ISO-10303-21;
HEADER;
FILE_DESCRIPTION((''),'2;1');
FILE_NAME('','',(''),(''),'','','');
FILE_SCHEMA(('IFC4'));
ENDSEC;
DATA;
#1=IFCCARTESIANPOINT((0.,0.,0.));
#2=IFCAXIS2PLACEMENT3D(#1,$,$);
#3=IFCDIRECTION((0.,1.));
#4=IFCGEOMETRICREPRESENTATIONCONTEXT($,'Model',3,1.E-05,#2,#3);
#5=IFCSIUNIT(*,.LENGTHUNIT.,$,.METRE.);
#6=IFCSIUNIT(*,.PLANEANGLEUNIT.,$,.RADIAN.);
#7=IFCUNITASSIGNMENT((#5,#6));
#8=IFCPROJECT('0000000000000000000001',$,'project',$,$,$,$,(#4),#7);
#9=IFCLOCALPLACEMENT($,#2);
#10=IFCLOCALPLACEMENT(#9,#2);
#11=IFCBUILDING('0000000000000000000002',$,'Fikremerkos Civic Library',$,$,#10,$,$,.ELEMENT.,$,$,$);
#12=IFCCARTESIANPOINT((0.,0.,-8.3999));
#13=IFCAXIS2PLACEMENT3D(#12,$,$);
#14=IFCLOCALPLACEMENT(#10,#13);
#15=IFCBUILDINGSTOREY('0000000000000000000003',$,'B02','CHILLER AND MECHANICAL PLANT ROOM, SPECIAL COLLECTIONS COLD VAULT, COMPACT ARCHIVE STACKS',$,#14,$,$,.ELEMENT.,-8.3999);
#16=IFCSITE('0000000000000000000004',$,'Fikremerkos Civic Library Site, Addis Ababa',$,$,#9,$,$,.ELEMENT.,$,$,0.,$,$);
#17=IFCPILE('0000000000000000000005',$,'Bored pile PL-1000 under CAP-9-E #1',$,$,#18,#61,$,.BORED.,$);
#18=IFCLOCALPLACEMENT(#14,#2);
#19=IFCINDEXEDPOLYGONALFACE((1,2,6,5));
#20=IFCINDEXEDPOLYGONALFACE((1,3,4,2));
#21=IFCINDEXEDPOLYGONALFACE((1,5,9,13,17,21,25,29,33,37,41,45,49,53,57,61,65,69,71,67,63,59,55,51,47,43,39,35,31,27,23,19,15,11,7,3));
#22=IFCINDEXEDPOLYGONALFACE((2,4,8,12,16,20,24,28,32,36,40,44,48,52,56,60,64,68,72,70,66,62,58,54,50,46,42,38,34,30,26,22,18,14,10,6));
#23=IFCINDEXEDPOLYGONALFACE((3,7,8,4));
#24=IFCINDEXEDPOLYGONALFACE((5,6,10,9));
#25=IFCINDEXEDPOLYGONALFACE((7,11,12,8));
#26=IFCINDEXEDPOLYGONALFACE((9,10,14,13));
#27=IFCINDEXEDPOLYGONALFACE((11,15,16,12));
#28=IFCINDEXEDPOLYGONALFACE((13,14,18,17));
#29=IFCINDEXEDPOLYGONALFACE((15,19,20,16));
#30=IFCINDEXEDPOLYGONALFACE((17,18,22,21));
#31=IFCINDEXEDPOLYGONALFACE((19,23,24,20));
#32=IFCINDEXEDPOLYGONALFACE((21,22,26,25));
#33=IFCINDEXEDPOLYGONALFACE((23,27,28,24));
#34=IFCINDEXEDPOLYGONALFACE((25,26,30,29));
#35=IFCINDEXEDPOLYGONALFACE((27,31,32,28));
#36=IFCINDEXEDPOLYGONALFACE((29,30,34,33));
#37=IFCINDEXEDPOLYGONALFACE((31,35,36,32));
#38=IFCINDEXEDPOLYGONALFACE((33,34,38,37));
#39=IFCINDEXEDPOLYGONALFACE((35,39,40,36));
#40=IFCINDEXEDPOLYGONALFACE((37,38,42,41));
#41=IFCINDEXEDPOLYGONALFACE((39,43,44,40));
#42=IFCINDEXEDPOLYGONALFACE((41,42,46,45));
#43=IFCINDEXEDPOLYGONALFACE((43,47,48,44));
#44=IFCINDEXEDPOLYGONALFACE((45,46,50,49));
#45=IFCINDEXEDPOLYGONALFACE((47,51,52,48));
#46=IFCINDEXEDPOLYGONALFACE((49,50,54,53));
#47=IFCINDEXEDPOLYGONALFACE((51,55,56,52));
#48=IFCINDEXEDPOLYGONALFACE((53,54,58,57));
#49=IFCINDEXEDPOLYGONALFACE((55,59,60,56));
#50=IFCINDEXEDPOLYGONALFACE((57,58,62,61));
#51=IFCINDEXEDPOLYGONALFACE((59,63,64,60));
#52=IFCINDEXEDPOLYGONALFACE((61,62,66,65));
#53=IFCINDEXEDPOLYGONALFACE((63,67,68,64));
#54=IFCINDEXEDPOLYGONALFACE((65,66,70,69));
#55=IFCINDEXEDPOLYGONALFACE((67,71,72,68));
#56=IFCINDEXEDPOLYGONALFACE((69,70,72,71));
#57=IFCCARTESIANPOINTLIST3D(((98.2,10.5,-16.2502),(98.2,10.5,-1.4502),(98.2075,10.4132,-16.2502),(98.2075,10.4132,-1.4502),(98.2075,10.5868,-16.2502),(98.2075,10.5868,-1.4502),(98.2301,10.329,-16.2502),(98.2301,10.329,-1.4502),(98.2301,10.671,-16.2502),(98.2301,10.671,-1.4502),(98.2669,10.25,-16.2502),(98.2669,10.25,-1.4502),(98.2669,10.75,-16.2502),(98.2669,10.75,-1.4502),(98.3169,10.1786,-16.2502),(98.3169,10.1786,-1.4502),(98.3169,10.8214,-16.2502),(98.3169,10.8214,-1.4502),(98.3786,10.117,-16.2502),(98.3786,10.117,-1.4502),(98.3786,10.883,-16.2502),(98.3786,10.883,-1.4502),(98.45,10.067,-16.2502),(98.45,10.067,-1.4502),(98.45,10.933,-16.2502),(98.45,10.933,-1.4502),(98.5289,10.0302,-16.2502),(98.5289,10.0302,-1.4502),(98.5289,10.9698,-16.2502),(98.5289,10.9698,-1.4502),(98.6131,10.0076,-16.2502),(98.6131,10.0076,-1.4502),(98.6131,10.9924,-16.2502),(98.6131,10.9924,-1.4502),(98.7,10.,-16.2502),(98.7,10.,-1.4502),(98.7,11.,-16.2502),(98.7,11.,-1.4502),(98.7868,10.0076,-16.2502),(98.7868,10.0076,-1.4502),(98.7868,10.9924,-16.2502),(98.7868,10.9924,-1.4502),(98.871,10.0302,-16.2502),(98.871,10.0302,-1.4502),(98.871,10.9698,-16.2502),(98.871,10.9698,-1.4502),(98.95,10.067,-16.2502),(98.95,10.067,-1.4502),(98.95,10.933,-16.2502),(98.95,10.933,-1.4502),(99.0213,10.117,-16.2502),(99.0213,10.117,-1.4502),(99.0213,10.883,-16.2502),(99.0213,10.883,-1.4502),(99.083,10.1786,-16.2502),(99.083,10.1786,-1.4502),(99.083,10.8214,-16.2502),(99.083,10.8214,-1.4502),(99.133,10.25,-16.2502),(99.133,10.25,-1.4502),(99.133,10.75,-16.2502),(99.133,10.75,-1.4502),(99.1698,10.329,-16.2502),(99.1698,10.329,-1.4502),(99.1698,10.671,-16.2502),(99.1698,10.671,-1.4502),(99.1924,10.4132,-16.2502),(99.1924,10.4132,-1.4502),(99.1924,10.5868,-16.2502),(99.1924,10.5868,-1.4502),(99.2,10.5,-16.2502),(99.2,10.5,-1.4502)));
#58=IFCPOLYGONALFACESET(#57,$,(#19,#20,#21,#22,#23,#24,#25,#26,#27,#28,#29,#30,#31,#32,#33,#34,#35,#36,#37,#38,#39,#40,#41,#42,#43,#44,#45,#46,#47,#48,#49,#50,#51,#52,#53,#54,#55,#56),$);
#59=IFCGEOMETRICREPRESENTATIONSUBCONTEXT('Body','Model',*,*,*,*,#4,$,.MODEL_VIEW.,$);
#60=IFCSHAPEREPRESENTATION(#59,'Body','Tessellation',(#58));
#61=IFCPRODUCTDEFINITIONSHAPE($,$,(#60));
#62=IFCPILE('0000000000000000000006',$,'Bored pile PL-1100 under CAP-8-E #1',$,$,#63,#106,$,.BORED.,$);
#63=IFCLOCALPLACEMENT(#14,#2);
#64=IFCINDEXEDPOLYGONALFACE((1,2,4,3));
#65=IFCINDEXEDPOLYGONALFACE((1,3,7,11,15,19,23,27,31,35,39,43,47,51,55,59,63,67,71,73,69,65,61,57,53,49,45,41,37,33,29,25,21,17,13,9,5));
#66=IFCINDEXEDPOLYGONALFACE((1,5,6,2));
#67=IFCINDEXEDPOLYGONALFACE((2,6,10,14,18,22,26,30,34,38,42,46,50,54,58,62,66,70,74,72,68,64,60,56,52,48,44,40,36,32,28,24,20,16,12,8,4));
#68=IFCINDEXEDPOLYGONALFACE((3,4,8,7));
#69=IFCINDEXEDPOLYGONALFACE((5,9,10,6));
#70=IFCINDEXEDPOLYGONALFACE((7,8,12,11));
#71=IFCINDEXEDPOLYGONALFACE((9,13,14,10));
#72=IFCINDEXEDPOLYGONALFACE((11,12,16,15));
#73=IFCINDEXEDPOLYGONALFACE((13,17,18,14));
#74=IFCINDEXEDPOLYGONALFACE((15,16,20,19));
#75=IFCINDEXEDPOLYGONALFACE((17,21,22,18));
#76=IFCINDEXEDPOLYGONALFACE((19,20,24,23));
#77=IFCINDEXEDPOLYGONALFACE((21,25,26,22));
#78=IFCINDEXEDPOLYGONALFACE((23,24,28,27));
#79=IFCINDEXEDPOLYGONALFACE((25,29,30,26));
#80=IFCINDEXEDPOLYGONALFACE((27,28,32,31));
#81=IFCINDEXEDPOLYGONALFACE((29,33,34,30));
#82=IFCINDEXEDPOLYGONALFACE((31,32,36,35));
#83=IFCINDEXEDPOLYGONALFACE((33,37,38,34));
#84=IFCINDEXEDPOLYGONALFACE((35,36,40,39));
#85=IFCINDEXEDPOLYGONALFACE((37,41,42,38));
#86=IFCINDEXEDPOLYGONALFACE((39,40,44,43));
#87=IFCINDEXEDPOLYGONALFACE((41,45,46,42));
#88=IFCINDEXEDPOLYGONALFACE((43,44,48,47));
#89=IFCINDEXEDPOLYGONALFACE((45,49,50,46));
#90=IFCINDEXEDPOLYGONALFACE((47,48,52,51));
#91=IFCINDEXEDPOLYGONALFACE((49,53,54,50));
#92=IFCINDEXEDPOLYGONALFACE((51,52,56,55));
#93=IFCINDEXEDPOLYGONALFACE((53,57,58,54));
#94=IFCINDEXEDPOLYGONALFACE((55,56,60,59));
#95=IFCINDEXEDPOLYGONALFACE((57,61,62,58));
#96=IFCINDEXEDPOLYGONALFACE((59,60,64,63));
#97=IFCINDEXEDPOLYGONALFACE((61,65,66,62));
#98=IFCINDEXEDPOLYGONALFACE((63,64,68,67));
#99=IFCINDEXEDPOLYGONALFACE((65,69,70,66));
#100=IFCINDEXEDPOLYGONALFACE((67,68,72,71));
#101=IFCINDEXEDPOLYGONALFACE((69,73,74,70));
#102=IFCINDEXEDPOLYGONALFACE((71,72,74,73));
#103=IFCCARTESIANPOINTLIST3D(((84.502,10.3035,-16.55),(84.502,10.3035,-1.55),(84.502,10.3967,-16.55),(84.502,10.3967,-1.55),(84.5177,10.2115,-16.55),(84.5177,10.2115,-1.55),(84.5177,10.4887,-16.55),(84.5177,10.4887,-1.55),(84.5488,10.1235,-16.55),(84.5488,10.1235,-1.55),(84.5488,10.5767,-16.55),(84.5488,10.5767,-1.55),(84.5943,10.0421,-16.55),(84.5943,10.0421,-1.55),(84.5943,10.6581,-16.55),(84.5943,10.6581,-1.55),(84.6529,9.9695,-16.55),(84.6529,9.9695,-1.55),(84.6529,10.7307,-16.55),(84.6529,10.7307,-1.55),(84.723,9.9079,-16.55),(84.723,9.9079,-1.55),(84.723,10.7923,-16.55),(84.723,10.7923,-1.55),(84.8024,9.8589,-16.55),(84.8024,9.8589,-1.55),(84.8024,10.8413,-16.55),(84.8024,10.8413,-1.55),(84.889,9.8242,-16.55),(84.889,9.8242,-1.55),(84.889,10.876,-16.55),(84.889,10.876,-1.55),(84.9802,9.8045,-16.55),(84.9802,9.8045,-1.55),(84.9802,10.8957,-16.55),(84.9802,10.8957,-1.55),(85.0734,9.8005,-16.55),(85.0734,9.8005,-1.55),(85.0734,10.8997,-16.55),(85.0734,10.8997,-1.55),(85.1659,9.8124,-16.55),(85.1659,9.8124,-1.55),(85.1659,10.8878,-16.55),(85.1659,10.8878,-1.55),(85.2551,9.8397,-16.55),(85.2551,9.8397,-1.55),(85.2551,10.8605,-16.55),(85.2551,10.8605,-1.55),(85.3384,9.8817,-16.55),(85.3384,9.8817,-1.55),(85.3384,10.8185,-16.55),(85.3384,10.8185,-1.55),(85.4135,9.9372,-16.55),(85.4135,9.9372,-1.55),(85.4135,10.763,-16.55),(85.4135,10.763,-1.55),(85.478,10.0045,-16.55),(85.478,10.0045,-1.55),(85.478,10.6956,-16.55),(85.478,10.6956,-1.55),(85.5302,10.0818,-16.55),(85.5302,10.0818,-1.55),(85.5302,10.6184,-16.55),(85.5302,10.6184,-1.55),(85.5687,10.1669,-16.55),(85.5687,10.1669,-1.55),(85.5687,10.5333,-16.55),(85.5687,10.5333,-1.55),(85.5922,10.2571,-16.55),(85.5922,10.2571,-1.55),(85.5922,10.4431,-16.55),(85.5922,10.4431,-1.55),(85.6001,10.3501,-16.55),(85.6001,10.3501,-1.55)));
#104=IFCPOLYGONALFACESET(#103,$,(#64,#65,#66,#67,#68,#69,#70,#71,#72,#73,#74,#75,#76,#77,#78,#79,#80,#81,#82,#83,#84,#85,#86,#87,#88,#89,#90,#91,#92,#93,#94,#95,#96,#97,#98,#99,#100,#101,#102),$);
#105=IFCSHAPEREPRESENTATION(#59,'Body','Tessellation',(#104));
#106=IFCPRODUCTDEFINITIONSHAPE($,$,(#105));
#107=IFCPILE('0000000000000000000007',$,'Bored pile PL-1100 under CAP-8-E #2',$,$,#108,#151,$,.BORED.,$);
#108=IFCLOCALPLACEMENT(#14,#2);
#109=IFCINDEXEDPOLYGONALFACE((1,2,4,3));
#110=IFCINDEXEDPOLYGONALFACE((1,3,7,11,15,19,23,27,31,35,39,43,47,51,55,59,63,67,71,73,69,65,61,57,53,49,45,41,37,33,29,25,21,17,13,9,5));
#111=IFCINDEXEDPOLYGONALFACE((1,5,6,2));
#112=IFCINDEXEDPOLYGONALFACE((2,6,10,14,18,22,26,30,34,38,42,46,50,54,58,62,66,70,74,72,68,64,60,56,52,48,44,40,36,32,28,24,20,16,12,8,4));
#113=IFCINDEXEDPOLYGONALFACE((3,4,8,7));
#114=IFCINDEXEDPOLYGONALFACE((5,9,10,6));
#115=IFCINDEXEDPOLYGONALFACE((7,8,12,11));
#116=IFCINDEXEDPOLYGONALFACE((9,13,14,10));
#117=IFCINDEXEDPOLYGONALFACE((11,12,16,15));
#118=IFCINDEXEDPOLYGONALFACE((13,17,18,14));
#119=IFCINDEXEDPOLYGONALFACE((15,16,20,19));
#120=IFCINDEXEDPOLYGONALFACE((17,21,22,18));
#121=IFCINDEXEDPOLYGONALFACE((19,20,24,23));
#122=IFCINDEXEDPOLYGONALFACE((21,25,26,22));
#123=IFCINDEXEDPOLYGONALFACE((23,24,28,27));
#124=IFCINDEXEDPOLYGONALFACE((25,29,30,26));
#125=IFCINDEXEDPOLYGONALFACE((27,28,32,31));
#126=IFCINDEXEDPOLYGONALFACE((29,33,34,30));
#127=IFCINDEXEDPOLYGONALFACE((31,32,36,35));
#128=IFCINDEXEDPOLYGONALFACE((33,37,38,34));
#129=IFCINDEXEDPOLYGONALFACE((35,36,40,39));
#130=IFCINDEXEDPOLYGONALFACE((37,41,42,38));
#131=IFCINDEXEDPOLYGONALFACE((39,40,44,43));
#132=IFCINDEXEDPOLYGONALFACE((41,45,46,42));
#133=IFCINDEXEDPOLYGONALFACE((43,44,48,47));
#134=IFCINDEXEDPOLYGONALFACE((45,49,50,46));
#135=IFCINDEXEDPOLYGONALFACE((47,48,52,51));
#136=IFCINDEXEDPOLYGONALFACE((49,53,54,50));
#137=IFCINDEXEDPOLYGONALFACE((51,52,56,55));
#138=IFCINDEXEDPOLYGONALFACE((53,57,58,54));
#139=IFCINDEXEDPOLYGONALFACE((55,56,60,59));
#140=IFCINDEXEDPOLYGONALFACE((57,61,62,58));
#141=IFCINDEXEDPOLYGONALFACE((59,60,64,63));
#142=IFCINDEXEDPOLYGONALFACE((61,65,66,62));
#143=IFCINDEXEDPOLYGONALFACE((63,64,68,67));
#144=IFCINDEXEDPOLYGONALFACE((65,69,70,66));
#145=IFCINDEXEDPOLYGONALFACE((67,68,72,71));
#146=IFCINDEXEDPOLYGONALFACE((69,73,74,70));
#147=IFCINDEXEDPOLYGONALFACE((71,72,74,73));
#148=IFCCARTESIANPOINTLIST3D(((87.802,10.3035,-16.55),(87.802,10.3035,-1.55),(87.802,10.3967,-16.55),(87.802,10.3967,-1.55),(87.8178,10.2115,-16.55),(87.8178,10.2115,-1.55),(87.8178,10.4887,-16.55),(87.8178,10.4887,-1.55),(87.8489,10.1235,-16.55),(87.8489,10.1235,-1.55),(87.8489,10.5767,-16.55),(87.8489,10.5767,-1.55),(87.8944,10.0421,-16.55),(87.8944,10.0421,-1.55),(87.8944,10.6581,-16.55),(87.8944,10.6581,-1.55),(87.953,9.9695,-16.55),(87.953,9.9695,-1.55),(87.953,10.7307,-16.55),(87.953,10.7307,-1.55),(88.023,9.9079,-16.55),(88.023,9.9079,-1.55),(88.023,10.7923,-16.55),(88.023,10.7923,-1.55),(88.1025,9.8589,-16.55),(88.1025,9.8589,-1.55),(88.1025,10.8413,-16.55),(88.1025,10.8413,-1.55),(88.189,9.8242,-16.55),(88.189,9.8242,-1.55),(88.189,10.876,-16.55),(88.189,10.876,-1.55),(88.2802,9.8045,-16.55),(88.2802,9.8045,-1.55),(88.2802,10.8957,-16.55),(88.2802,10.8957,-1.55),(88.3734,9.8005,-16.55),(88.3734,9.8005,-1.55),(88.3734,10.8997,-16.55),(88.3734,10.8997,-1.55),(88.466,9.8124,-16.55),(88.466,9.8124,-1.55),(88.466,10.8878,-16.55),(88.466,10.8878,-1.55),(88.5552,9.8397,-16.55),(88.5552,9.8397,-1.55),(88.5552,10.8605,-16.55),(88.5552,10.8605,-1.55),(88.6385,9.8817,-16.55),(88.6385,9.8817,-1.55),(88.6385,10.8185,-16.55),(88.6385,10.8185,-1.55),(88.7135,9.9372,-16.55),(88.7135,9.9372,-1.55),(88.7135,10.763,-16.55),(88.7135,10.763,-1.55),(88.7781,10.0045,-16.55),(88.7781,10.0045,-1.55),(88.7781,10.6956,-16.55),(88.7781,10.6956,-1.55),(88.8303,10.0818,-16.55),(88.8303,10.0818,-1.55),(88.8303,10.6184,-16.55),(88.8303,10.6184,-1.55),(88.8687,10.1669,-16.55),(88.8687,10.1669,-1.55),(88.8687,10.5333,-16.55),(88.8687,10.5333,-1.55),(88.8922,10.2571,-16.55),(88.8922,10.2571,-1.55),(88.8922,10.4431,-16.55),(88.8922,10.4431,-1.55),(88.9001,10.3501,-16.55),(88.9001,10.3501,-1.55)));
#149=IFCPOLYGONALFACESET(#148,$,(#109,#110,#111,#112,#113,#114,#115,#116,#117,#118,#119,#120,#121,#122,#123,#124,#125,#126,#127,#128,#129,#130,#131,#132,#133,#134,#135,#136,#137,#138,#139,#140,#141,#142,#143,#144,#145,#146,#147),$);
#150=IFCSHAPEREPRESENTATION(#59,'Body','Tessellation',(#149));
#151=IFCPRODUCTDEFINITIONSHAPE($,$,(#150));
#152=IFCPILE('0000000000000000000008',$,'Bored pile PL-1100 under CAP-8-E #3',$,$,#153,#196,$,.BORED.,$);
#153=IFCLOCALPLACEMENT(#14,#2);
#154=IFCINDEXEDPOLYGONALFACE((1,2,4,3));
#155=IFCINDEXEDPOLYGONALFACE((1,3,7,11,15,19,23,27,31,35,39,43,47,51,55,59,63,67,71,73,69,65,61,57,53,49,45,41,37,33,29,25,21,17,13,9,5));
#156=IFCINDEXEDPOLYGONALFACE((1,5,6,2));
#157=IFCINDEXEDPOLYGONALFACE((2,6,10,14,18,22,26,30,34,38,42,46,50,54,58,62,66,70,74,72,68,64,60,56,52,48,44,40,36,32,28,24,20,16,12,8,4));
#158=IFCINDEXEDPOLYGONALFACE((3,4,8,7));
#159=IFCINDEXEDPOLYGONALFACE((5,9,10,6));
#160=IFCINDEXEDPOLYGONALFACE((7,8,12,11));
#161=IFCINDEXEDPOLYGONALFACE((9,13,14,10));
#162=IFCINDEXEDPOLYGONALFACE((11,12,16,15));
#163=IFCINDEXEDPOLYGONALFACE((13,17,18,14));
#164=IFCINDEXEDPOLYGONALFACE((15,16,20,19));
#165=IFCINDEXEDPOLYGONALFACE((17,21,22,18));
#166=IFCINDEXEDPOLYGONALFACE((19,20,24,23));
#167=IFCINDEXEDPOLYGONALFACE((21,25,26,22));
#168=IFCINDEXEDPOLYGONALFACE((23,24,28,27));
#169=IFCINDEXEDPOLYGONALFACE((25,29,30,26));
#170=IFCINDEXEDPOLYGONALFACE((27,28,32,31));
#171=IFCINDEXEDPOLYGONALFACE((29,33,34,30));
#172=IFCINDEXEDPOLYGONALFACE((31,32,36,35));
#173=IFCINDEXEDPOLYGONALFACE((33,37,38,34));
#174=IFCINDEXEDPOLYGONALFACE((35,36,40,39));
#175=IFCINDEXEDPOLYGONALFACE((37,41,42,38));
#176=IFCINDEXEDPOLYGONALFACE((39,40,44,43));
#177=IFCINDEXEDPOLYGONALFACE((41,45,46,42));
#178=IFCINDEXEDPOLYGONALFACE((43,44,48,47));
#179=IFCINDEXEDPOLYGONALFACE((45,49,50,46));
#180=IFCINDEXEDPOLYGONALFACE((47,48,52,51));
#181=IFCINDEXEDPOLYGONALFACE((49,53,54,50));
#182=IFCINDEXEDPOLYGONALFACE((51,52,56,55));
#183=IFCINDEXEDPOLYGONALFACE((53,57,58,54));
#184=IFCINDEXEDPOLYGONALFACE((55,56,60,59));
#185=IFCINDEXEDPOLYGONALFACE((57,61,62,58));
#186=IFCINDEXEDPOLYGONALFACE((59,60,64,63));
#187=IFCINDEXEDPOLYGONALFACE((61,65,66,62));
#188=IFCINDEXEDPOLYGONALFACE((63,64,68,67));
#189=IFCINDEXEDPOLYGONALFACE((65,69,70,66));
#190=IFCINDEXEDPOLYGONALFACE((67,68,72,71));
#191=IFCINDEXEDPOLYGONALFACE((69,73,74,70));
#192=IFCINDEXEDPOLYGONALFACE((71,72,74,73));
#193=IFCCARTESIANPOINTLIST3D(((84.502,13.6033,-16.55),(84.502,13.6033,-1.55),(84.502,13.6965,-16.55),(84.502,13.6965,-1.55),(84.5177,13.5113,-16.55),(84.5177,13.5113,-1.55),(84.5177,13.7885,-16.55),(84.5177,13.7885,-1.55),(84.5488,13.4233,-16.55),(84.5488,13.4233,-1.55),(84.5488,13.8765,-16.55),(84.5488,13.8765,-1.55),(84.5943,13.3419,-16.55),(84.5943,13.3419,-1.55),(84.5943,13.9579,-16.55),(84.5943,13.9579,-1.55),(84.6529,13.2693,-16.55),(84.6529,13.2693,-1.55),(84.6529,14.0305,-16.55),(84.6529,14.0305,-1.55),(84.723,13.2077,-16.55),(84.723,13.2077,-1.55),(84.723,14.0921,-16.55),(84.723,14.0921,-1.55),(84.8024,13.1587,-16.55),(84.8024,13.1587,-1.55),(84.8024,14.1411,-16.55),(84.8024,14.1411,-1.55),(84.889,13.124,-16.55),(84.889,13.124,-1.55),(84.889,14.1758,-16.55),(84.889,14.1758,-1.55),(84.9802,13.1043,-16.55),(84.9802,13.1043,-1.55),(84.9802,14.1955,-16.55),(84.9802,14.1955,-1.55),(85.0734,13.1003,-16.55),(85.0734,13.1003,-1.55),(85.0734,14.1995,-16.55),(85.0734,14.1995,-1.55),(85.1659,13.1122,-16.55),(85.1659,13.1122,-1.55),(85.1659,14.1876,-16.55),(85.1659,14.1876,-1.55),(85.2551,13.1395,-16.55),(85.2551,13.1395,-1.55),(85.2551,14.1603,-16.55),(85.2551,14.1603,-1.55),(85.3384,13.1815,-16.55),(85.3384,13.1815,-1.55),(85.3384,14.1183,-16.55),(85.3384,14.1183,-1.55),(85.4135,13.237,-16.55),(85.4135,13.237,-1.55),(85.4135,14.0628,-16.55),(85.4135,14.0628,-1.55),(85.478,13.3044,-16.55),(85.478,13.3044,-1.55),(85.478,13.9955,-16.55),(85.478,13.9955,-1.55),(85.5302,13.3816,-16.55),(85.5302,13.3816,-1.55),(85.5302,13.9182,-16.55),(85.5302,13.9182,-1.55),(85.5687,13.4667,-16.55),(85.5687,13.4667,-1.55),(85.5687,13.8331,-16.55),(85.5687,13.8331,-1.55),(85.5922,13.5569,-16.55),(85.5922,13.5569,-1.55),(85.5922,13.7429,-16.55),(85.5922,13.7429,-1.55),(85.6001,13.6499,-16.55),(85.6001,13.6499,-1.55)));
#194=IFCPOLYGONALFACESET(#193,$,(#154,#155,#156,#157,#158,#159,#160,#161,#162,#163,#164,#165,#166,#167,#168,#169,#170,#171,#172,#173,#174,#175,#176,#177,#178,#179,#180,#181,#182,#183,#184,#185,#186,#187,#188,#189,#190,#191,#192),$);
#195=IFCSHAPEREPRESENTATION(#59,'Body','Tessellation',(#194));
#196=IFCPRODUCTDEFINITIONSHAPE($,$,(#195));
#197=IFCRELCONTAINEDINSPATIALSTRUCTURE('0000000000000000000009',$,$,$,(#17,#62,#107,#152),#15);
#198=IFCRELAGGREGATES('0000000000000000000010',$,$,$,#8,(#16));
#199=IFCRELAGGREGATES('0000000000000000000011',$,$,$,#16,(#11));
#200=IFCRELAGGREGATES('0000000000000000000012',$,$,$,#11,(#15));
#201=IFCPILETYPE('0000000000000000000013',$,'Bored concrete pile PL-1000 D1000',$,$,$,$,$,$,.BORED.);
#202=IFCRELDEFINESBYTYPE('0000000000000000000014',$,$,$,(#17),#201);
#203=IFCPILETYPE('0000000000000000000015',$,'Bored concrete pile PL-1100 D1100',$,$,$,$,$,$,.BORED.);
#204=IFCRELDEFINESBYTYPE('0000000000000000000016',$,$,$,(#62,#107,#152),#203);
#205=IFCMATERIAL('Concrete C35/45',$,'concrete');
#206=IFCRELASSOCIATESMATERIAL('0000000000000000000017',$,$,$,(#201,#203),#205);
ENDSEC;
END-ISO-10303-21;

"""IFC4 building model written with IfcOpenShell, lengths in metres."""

from ifc_helpers import new_model, si_unit, direction, frame, origin, origin_2d, place, context, subcontext, project, spatial, circle, extrude, material, material_profile, profile_set, type_object, element, save


model = new_model("IFC4")

# Units and contexts
model_context = context("Model", 3, precision=1e-05, world=origin(), true_north=direction((0.0, 1.0)))
body_context = subcontext(model_context, "Body", "Model", "MODEL_VIEW")
ifc_project = project(units=[si_unit("LENGTHUNIT", "METRE"), si_unit("PLANEANGLEUNIT", "RADIAN")], contexts=[model_context])

# Site, building, storey
site_placement = place(None, origin())
site = spatial("IfcSite", under=ifc_project, at=site_placement, Name="Fikremerkos Civic Library Site, Addis Ababa", CompositionType="ELEMENT", RefElevation=0.0)
building_placement = place(site_placement, origin())
building = spatial("IfcBuilding", under=site, at=building_placement, Name="Fikremerkos Civic Library", CompositionType="ELEMENT")
storey_placement = place(building_placement, frame((0.0, 0.0, -8.3999)))
storey = spatial("IfcBuildingStorey", under=building, at=storey_placement, Name="B02", Description="CHILLER AND MECHANICAL PLANT ROOM, SPECIAL COLLECTIONS COLD VAULT, COMPACT ARCHIVE STACKS", CompositionType="ELEMENT", Elevation=-8.3999)

# Piles
ifc_material_1 = material(Name="Concrete C35/45", Category="concrete")
ifc_material_profile_1 = material_profile(ifc_material_1, circle(Radius=0.5, at=origin_2d()), Name="BORED PILE 1000")
ifc_profile_set_1 = profile_set([ifc_material_profile_1], Name="Concrete C35/45")
pile_type_1 = type_object("IfcPileType", Name="Bored concrete pile PL-1000 D1000", PredefinedType="BORED", material=ifc_profile_set_1)
pile_placement = place(storey_placement, frame((98.7, 10.5, -1.4502), z_axis=(0.0, 0.0, -1.0), x_axis=(1.0, 0.0, 0.0)))
element("IfcPile", 1, at=pile_placement, inside=storey, type_object=pile_type_1, Name="Bored pile PL-1000 under CAP-9-E #1", PredefinedType="BORED", context=body_context, shape_type="SweptSolid", body=[
    extrude(circle(Radius=0.5, at=origin_2d()), origin(), (0.0, 0.0, 1.0), 14.8),
])
ifc_material_profile_2 = material_profile(ifc_material_1, circle(Radius=0.55, at=origin_2d()), Name="BORED PILE 1100")
ifc_profile_set_2 = profile_set([ifc_material_profile_2], Name="Concrete C35/45")
pile_type_2 = type_object("IfcPileType", Name="Bored concrete pile PL-1100 D1100", PredefinedType="BORED", material=ifc_profile_set_2)
for number, where, z_axis, x_axis, name in (
    (2, (85.05, 10.3501, -1.55), (0.0, 0.0, -1.0), (1.0, 0.0, 0.0), "Bored pile PL-1100 under CAP-8-E #1"),
    (3, (88.3501, 10.3501, -1.55), (0.0, 0.0, -1.0), (1.0, 0.0, 0.0), "Bored pile PL-1100 under CAP-8-E #2"),
    (4, (85.05, 13.6499, -1.55), (0.0, 0.0, -1.0), (1.0, 0.0, 0.0), "Bored pile PL-1100 under CAP-8-E #3"),
):
    element("IfcPile", number, at=place(storey_placement, frame(where, z_axis=z_axis, x_axis=x_axis)), inside=storey, type_object=pile_type_2, Name=name, PredefinedType="BORED", context=body_context, shape_type="SweptSolid", body=[
        extrude(circle(Radius=0.55, at=origin_2d()), origin(), (0.0, 0.0, 1.0), 15.0),
    ])

save(model, "model.ifc")
